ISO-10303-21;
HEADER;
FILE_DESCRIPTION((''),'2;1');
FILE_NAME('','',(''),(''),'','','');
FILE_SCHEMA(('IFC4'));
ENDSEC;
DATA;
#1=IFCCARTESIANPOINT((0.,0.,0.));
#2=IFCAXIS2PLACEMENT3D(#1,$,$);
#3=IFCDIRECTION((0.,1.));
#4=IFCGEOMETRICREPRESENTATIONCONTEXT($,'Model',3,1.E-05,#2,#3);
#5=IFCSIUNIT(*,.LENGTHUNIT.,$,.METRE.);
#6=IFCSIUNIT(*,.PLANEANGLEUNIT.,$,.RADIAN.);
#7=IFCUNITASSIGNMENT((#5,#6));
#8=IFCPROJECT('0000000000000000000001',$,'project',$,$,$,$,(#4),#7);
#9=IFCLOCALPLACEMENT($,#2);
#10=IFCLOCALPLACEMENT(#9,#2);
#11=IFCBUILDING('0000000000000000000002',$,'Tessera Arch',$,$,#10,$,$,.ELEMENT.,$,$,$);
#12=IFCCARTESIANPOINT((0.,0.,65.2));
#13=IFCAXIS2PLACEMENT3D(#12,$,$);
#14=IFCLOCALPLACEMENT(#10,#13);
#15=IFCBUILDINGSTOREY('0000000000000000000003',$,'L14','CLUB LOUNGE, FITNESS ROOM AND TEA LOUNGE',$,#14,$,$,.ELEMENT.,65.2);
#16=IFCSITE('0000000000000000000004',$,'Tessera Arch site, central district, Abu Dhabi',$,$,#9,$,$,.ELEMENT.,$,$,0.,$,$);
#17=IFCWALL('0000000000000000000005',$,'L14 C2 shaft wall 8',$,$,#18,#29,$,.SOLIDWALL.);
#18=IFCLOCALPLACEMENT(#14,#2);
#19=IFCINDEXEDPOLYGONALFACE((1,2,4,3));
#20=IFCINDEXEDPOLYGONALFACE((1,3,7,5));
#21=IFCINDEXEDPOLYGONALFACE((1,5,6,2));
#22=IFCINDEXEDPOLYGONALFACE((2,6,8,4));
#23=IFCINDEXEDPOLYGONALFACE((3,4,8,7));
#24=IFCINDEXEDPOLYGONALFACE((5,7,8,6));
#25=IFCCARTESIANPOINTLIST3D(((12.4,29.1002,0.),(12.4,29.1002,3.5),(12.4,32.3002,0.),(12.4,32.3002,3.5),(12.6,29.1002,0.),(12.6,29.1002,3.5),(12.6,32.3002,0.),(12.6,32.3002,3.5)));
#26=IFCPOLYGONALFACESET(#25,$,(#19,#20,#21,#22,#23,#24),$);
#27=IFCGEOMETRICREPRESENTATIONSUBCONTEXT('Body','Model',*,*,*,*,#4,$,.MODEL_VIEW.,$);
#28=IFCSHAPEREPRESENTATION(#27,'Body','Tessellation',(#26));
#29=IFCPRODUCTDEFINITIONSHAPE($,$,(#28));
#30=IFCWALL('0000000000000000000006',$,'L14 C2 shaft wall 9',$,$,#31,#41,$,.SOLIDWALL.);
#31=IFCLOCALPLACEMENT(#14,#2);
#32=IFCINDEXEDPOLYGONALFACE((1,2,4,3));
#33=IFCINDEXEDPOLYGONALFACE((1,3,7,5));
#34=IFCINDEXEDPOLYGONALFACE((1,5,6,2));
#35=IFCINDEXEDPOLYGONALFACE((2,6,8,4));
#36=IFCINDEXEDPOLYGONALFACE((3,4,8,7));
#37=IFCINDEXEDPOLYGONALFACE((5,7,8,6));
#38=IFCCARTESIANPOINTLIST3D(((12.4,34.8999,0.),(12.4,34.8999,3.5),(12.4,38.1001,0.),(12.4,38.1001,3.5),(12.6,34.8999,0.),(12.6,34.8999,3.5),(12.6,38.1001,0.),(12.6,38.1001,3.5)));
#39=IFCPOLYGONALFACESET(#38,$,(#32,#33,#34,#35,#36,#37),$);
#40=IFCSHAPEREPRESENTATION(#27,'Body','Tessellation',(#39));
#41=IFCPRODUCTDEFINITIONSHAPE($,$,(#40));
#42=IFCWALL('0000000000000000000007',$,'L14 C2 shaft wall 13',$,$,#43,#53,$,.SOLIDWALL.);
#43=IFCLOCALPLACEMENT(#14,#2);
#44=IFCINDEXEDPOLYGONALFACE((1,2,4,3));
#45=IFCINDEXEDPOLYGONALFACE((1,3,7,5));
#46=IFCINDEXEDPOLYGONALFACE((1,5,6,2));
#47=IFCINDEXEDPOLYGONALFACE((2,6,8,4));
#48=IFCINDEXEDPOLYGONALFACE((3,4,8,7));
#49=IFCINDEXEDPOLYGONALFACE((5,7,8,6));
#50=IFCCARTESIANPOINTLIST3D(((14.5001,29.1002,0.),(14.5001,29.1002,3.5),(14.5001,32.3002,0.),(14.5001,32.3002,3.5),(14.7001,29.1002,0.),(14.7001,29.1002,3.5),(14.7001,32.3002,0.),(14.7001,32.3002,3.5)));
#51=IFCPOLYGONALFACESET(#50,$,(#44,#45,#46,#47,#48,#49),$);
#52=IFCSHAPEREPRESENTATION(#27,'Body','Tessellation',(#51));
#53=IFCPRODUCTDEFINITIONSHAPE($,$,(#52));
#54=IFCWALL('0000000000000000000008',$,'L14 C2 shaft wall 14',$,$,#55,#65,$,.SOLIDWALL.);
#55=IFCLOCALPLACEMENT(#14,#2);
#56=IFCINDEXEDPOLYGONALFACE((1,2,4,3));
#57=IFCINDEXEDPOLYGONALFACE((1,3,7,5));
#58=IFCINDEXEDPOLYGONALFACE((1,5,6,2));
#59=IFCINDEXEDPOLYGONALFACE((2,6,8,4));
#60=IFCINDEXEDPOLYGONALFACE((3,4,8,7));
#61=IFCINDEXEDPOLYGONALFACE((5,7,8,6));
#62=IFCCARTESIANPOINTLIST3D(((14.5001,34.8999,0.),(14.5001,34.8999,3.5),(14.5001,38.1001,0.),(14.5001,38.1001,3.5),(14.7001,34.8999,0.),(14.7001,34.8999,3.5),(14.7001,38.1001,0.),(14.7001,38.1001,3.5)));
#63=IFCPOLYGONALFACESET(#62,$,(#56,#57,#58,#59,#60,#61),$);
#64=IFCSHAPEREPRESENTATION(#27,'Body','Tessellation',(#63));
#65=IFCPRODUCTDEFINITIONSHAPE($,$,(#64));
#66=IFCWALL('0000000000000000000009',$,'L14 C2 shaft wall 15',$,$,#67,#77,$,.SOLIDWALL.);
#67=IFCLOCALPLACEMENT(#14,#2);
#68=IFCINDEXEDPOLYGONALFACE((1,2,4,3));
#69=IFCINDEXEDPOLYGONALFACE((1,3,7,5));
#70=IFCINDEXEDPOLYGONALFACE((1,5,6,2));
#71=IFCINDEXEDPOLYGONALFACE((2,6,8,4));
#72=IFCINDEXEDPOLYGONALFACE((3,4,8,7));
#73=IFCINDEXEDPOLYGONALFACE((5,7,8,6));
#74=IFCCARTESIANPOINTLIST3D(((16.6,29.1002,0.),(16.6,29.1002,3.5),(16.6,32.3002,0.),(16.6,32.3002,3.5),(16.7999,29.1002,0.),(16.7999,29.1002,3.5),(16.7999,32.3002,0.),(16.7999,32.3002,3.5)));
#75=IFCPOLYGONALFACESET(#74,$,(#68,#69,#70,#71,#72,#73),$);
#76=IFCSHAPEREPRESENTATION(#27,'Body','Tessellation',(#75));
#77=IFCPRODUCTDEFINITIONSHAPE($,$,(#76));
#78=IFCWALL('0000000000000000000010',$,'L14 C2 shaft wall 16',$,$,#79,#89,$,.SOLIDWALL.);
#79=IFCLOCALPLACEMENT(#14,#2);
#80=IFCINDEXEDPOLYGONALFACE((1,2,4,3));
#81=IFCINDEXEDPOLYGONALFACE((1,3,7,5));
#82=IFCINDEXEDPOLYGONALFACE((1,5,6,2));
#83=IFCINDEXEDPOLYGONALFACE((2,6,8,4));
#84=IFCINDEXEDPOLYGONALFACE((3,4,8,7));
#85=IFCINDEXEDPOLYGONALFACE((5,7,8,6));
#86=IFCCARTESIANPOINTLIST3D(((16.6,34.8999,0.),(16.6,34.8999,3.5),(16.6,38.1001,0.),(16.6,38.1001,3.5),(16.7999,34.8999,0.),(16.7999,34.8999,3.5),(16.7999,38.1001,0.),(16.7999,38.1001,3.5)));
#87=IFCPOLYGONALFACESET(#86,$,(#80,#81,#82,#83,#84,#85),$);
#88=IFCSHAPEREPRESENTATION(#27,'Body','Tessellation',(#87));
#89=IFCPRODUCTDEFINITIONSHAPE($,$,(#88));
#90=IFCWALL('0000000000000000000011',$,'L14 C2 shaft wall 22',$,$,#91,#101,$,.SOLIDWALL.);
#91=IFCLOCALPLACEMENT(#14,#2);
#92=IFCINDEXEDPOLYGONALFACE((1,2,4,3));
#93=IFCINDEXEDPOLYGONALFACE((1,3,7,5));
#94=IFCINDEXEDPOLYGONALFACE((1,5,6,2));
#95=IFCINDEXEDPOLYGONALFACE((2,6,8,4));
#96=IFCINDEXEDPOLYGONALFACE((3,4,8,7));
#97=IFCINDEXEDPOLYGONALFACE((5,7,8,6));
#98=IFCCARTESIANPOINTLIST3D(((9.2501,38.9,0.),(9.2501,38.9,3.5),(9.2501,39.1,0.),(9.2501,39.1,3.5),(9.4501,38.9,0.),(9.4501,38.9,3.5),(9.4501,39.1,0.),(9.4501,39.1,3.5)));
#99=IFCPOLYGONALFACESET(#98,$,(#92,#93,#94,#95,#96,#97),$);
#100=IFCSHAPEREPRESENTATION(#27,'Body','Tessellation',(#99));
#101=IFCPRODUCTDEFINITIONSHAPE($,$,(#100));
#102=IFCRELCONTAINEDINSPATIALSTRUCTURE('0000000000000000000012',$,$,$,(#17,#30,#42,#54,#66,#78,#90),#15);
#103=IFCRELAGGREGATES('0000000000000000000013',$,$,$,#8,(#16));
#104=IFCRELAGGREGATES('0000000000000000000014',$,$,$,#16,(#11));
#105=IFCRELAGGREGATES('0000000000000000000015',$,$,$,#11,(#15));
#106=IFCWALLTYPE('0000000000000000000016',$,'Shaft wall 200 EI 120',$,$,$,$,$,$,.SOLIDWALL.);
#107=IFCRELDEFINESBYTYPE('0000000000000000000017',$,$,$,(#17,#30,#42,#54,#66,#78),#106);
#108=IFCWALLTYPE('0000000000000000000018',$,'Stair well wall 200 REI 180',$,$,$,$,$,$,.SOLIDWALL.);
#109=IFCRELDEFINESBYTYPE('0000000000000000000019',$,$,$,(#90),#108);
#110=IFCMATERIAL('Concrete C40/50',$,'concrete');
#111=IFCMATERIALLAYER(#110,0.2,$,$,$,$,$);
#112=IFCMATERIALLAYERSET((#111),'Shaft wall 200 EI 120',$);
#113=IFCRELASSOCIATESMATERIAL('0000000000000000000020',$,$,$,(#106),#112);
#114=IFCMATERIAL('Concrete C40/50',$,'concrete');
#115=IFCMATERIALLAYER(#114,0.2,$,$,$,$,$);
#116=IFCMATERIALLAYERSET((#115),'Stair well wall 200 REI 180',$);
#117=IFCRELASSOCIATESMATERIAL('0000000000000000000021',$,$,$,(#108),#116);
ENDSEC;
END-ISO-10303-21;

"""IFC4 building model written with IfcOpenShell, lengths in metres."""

from ifc_helpers import new_model, si_unit, direction, frame, frame_2d, origin, place, context, subcontext, project, spatial, rectangle, extrude, material, layer, layer_set, type_object, element, save


model = new_model("IFC4")

# Units and contexts
model_context = context("Model", 3, precision=1e-05, world=origin(), true_north=direction((0.0, 1.0)))
body_context = subcontext(model_context, "Body", "Model", "MODEL_VIEW")
ifc_project = project(units=[si_unit("LENGTHUNIT", "METRE"), si_unit("PLANEANGLEUNIT", "RADIAN")], contexts=[model_context])

# Site, building, storey
site_placement = place(None, origin())
site = spatial("IfcSite", under=ifc_project, at=site_placement, Name="Tessera Arch site, central district, Abu Dhabi", CompositionType="ELEMENT", RefElevation=0.0)
building_placement = place(site_placement, origin())
building = spatial("IfcBuilding", under=site, at=building_placement, Name="Tessera Arch", CompositionType="ELEMENT")
storey_placement = place(building_placement, frame((0.0, 0.0, 65.2)))
storey = spatial("IfcBuildingStorey", under=building, at=storey_placement, Name="L14", Description="CLUB LOUNGE, FITNESS ROOM AND TEA LOUNGE", CompositionType="ELEMENT", Elevation=65.2)

# Walls
ifc_material_1 = material(Name="Concrete C40/50", Category="concrete")
ifc_layer_1 = layer(ifc_material_1, 0.2)
ifc_layer_set_1 = layer_set([ifc_layer_1], Name="Shaft wall 200 EI 120")
wall_type_1 = type_object("IfcWallType", Name="Shaft wall 200 EI 120", PredefinedType="SOLIDWALL", material=ifc_layer_set_1)
wall_1_placement = place(storey_placement, frame((12.5, 29.1001, 0.0), z_axis=(0.0, 0.0, 1.0), x_axis=(0.0, 1.0, 0.0)))
element("IfcWall", 1, at=wall_1_placement, inside=storey, type_object=wall_type_1, Name="L14 C2 shaft wall 8", PredefinedType="SOLIDWALL", context=body_context, shape_type="SweptSolid", body=[
    extrude(rectangle(XDim=3.2, YDim=0.2, at=frame_2d((1.6001, 0.0))), origin(), (0.0, 0.0, 1.0), 3.5),
])
wall_2_placement = place(storey_placement, frame((12.5, 34.8999, 0.0), z_axis=(0.0, 0.0, 1.0), x_axis=(0.0, 1.0, 0.0)))
element("IfcWall", 2, at=wall_2_placement, inside=storey, type_object=wall_type_1, Name="L14 C2 shaft wall 9", PredefinedType="SOLIDWALL", context=body_context, shape_type="SweptSolid", body=[
    extrude(rectangle(XDim=3.2002, YDim=0.2, at=frame_2d((1.6001, 0.0))), origin(), (0.0, 0.0, 1.0), 3.5),
])
wall_3_placement = place(storey_placement, frame((14.6001, 29.1001, 0.0), z_axis=(0.0, 0.0, 1.0), x_axis=(0.0, 1.0, 0.0)))
element("IfcWall", 3, at=wall_3_placement, inside=storey, type_object=wall_type_1, Name="L14 C2 shaft wall 13", PredefinedType="SOLIDWALL", context=body_context, shape_type="SweptSolid", body=[
    extrude(rectangle(XDim=3.2, YDim=0.2, at=frame_2d((1.6001, 0.0))), origin(), (0.0, 0.0, 1.0), 3.5),
])
wall_4_placement = place(storey_placement, frame((14.6001, 34.8999, 0.0), z_axis=(0.0, 0.0, 1.0), x_axis=(0.0, 1.0, 0.0)))
element("IfcWall", 4, at=wall_4_placement, inside=storey, type_object=wall_type_1, Name="L14 C2 shaft wall 14", PredefinedType="SOLIDWALL", context=body_context, shape_type="SweptSolid", body=[
    extrude(rectangle(XDim=3.2002, YDim=0.2, at=frame_2d((1.6001, 0.0))), origin(), (0.0, 0.0, 1.0), 3.5),
])
wall_5_placement = place(storey_placement, frame((16.7, 29.1001, 0.0), z_axis=(0.0, 0.0, 1.0), x_axis=(0.0, 1.0, 0.0)))
element("IfcWall", 5, at=wall_5_placement, inside=storey, type_object=wall_type_1, Name="L14 C2 shaft wall 15", PredefinedType="SOLIDWALL", context=body_context, shape_type="SweptSolid", body=[
    extrude(rectangle(XDim=3.2, YDim=0.2, at=frame_2d((1.6001, 0.0))), origin(), (0.0, 0.0, 1.0), 3.5),
])
wall_6_placement = place(storey_placement, frame((16.7, 34.8999, 0.0), z_axis=(0.0, 0.0, 1.0), x_axis=(0.0, 1.0, 0.0)))
element("IfcWall", 6, at=wall_6_placement, inside=storey, type_object=wall_type_1, Name="L14 C2 shaft wall 16", PredefinedType="SOLIDWALL", context=body_context, shape_type="SweptSolid", body=[
    extrude(rectangle(XDim=3.2002, YDim=0.2, at=frame_2d((1.6001, 0.0))), origin(), (0.0, 0.0, 1.0), 3.5),
])
ifc_material_2 = material(Name="Concrete C40/50", Category="concrete")
ifc_layer_2 = layer(ifc_material_2, 0.2)
ifc_layer_set_2 = layer_set([ifc_layer_2], Name="Stair well wall 200 REI 180")
wall_type_2 = type_object("IfcWallType", Name="Stair well wall 200 REI 180", PredefinedType="SOLIDWALL", material=ifc_layer_set_2)
wall_7_placement = place(storey_placement, frame((9.25, 39.0, 0.0), z_axis=(0.0, 0.0, 1.0), x_axis=(1.0, 0.0, 0.0)))
element("IfcWall", 7, at=wall_7_placement, inside=storey, type_object=wall_type_2, Name="L14 C2 shaft wall 22", PredefinedType="SOLIDWALL", context=body_context, shape_type="SweptSolid", body=[
    extrude(rectangle(XDim=0.2, YDim=0.2, at=frame_2d((0.1001, 0.0))), origin(), (0.0, 0.0, 1.0), 3.5),
])

save(model, "model.ifc")
